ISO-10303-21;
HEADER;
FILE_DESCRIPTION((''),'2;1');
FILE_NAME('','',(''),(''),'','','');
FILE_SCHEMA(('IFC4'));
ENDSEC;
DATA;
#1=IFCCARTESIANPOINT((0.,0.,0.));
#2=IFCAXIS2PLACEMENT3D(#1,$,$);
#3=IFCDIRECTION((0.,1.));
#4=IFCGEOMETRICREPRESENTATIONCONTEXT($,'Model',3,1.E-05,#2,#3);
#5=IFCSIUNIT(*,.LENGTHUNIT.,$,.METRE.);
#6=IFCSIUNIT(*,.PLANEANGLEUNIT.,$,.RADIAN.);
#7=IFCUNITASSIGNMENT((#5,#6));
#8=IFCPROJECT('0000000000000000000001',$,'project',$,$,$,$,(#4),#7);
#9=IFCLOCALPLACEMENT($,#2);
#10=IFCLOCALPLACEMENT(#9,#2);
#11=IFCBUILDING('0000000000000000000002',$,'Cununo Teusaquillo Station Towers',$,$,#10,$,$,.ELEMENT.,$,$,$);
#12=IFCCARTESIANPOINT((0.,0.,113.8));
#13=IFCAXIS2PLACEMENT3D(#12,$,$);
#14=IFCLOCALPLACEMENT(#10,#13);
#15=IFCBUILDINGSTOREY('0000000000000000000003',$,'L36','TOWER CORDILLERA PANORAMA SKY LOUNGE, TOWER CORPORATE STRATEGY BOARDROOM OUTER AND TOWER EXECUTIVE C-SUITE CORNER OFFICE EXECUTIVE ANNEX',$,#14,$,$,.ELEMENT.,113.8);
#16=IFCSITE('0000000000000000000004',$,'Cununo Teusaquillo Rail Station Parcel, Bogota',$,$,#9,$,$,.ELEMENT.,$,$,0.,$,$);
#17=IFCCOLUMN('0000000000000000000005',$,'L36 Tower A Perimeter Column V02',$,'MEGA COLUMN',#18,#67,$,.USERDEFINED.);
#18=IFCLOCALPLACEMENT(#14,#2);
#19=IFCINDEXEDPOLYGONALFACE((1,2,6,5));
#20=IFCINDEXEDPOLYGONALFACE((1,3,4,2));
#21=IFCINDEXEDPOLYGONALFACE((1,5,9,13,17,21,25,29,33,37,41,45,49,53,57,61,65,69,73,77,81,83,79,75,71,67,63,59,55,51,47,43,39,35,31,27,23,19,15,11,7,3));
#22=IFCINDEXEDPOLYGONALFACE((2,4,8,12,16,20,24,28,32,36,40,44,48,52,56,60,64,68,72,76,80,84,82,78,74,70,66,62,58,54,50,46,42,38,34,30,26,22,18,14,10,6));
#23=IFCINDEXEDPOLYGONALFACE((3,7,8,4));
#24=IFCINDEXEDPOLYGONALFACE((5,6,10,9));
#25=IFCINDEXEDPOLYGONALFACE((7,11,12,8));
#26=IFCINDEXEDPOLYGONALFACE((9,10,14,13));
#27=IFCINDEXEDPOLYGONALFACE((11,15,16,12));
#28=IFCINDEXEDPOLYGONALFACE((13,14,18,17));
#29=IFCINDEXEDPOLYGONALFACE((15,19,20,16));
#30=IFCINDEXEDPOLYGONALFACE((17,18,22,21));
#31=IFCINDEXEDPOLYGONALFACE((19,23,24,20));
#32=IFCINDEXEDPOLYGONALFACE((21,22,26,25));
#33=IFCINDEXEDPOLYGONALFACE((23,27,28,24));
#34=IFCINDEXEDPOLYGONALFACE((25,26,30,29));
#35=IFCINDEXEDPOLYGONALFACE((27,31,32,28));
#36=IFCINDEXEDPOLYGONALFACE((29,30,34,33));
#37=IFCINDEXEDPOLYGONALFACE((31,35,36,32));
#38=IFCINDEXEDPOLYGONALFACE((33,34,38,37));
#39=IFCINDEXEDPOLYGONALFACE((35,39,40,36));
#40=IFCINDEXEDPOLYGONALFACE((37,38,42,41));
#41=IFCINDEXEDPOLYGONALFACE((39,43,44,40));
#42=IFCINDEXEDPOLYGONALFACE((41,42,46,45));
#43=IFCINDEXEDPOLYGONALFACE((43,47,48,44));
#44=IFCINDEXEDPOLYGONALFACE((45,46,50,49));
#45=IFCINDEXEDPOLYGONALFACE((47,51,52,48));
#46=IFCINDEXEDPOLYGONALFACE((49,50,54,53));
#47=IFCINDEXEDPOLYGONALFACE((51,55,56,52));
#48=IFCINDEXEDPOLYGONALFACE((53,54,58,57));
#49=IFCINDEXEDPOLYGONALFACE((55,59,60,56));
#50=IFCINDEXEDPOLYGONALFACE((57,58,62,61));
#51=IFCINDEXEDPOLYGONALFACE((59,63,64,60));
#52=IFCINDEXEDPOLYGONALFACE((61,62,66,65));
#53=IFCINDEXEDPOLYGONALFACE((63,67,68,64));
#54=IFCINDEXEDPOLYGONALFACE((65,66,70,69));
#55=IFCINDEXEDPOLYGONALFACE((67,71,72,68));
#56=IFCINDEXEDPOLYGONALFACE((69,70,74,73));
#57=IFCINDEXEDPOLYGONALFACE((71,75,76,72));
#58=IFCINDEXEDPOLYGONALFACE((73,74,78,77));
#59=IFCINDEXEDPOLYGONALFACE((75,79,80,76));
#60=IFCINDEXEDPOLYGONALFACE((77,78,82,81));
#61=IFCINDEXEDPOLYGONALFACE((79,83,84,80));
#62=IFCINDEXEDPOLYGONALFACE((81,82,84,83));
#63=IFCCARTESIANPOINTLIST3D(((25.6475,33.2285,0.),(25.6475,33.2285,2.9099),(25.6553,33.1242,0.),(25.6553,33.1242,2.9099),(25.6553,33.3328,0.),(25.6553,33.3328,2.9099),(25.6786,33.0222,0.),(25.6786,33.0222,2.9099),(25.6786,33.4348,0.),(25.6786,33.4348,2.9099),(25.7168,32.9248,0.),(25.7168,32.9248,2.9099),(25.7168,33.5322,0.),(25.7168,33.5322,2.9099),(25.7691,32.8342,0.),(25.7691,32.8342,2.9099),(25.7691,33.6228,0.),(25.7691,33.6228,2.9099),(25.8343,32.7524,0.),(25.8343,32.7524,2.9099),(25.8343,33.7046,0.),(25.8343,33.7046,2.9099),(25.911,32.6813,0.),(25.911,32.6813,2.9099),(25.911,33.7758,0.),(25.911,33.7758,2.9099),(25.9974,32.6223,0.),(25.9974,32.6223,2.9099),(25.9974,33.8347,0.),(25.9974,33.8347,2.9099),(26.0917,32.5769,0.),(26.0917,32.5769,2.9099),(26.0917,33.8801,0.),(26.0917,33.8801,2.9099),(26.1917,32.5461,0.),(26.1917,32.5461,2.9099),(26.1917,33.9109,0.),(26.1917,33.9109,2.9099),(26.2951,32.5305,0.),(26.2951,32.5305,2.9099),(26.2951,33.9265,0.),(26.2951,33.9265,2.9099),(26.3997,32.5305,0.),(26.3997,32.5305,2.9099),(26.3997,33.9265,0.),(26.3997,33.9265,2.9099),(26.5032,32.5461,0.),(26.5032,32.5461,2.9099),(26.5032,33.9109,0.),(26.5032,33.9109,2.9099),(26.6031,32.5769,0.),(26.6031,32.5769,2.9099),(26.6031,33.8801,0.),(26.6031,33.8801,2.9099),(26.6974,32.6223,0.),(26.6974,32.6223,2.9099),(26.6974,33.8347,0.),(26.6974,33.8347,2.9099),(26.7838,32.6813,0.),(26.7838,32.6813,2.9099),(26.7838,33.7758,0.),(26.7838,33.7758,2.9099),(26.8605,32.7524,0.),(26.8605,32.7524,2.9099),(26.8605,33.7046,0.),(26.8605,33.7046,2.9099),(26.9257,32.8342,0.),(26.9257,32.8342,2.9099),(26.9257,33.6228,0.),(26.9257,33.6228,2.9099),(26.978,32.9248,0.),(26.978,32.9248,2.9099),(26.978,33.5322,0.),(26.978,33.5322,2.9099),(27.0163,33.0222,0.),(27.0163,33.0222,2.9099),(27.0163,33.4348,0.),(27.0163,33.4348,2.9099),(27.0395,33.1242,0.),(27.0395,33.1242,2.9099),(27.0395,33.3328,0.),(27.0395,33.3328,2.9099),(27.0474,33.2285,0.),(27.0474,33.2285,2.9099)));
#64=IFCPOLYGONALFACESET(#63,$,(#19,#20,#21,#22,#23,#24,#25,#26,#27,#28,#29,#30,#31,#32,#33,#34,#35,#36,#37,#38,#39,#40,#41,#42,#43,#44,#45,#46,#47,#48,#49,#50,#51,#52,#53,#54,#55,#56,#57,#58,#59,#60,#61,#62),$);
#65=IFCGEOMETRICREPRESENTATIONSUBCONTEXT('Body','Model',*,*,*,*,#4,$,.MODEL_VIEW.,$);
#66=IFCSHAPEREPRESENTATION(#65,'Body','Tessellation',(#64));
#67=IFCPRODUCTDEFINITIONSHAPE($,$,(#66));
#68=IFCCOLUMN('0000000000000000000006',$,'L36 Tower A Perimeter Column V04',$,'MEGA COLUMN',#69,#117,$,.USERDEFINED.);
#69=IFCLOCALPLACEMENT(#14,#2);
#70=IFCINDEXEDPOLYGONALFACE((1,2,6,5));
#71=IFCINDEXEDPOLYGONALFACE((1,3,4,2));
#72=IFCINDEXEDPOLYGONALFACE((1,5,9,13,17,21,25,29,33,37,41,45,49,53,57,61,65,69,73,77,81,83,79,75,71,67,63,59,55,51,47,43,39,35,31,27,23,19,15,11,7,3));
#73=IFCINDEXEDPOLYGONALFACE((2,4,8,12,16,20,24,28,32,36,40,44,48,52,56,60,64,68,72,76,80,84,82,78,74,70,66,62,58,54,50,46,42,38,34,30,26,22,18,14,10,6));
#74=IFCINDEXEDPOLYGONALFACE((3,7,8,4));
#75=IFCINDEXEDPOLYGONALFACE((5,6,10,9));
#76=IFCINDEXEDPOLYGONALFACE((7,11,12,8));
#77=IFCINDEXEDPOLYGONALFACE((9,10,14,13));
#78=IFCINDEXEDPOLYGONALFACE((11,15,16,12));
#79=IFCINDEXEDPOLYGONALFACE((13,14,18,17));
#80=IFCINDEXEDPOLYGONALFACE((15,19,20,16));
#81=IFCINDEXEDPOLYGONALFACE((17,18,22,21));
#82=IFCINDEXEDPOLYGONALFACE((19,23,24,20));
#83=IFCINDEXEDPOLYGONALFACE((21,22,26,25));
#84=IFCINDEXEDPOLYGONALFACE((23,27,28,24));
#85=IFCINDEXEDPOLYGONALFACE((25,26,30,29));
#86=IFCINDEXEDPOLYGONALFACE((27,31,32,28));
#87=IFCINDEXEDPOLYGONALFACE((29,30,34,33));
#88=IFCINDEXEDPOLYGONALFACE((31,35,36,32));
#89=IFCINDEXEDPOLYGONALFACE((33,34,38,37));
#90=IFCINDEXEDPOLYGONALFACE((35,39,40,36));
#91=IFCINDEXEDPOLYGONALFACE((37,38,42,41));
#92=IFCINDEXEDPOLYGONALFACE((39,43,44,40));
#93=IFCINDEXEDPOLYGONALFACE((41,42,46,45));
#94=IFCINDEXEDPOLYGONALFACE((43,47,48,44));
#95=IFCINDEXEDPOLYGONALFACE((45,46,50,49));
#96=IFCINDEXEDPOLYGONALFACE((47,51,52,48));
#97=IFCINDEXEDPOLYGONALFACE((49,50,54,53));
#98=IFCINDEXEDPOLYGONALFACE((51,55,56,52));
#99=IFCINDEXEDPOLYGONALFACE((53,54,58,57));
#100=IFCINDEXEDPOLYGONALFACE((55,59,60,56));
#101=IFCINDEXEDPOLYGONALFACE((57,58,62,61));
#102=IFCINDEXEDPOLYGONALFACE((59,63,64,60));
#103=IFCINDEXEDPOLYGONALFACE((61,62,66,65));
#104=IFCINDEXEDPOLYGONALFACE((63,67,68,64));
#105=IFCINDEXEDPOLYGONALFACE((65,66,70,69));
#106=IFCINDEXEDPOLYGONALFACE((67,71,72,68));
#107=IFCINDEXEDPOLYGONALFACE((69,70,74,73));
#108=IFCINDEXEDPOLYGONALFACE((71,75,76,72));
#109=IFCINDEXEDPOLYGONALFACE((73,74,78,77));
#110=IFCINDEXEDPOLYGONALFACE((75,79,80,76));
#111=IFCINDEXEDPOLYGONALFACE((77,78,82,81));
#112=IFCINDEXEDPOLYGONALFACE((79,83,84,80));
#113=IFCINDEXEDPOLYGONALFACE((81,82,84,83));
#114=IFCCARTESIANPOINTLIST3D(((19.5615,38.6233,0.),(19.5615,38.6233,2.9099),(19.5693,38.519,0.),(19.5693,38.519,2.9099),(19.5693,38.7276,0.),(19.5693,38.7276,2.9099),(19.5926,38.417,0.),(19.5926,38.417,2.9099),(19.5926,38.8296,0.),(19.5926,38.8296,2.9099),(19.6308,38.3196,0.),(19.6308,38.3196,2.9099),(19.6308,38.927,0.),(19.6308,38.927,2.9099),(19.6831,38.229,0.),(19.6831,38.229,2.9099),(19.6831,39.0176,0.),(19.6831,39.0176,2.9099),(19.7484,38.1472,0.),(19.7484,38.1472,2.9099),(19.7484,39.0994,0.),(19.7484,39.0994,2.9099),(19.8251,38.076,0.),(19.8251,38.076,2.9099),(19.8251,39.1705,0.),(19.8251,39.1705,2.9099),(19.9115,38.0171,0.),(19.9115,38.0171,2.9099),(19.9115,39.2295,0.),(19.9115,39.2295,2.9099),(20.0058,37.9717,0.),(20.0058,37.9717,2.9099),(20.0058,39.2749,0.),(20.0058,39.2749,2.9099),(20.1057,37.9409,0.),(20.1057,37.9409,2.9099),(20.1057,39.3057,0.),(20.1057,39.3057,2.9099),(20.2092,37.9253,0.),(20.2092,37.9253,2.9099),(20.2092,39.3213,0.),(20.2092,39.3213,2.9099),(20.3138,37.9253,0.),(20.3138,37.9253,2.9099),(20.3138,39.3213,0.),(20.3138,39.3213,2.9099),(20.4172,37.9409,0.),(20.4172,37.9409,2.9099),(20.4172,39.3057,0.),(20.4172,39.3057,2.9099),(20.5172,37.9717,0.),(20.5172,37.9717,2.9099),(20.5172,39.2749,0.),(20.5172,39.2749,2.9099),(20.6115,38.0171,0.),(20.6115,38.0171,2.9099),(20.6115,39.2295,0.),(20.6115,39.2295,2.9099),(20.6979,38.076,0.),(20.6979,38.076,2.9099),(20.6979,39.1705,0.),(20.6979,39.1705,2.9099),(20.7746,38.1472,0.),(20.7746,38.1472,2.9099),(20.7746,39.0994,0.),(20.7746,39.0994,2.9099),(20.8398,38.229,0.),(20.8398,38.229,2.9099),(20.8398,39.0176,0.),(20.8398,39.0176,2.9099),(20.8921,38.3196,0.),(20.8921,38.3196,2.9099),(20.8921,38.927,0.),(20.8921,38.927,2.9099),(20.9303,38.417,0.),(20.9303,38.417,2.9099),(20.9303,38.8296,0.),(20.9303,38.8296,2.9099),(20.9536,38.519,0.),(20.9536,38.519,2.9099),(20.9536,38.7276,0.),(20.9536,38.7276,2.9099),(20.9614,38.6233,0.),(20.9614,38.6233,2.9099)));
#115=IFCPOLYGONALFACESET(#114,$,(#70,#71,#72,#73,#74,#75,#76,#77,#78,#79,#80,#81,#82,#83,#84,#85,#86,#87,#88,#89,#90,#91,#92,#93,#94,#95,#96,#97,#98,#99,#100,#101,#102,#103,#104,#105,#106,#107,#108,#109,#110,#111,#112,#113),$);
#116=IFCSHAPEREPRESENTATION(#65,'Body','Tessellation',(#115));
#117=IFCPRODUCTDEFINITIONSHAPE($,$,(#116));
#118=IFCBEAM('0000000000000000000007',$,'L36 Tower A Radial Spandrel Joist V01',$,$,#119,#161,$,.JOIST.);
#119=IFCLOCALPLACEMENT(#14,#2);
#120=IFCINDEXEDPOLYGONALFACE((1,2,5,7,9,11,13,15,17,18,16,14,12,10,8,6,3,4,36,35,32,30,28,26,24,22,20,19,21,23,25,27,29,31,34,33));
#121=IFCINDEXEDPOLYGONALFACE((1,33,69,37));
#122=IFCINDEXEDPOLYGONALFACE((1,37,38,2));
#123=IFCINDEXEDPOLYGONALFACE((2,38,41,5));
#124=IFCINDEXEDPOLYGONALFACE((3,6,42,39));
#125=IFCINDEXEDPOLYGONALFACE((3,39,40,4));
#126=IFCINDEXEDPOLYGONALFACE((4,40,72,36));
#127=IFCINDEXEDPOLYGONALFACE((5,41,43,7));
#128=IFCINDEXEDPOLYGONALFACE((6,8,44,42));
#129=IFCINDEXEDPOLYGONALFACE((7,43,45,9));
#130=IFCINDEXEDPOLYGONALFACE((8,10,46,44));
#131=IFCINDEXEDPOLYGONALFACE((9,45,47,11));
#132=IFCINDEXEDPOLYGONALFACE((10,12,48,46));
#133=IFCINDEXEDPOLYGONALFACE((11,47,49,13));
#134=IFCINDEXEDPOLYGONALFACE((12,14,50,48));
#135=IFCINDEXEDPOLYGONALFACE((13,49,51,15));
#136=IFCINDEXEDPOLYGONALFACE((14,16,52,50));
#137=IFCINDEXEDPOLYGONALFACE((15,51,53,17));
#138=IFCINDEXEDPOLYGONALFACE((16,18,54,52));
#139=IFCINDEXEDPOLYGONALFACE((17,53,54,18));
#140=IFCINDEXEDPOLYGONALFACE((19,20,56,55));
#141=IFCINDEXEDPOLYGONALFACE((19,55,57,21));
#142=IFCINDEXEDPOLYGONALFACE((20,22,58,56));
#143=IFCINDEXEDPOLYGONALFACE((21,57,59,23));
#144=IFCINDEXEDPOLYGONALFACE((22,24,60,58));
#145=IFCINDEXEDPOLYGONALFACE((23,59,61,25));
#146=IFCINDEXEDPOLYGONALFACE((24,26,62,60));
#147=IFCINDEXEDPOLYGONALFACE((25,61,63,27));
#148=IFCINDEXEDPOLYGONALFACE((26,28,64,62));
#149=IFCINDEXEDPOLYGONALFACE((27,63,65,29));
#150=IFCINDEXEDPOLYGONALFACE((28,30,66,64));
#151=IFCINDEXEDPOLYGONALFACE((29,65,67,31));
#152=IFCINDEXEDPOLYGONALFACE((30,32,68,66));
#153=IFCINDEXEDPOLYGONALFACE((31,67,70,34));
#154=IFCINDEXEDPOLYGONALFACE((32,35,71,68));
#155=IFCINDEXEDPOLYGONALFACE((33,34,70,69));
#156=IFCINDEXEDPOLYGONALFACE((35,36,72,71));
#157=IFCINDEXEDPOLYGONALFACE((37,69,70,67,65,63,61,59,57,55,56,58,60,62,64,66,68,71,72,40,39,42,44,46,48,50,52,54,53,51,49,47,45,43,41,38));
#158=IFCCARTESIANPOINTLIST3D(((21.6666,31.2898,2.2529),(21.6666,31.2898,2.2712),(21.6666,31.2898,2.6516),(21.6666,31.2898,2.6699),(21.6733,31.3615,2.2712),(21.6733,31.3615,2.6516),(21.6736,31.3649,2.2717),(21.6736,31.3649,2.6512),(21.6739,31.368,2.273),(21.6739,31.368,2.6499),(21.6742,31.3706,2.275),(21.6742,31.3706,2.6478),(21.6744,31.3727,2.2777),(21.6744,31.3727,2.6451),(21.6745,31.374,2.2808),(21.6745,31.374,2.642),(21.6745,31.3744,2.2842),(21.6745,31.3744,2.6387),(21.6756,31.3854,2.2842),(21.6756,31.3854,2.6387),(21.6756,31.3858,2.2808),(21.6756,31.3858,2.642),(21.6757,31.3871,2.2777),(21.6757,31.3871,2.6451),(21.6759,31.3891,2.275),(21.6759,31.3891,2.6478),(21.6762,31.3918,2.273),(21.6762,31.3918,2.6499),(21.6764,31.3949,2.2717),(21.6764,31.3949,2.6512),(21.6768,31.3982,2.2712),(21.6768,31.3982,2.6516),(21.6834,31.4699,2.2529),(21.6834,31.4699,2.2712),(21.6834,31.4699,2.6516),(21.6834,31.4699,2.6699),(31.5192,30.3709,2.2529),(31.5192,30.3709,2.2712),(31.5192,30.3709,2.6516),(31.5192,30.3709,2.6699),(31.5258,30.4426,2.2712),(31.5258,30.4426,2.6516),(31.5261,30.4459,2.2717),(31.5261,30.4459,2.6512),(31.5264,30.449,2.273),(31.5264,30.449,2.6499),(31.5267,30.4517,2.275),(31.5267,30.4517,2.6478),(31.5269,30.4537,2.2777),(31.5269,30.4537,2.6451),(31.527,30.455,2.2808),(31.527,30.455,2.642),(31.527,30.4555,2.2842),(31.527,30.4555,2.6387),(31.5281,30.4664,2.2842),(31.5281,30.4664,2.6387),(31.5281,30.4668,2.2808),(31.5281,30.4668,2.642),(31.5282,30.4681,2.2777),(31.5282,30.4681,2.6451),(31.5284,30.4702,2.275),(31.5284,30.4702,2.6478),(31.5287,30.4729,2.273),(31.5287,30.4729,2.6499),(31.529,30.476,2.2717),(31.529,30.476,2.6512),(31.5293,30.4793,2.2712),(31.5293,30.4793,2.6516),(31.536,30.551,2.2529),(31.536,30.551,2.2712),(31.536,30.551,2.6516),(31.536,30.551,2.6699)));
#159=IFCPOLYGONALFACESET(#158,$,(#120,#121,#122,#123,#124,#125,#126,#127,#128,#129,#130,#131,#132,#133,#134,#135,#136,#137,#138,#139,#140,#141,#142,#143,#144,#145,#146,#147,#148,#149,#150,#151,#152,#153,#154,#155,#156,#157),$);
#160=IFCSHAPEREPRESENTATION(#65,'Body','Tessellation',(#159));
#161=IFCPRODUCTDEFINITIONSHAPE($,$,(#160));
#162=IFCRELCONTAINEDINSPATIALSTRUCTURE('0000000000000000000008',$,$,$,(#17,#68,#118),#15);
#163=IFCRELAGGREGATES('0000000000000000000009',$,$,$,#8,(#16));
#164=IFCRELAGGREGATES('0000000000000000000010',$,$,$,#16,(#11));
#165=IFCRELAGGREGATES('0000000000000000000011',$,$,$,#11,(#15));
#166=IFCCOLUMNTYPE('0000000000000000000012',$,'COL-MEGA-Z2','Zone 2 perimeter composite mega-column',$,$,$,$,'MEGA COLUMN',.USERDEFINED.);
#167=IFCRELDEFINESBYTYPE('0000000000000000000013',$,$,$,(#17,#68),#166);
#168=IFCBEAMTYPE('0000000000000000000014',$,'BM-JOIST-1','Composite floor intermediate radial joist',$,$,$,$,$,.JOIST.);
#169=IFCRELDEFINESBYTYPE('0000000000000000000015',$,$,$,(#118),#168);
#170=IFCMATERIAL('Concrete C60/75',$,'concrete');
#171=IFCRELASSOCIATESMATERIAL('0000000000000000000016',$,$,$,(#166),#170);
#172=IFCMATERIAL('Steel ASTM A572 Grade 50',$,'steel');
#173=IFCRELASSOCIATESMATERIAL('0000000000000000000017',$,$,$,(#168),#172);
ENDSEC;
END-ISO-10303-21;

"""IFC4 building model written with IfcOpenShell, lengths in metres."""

from ifc_helpers import new_model, si_unit, direction, frame, origin, origin_2d, place, context, subcontext, project, spatial, circle, i_section, extrude, material, material_profile, profile_set, type_object, element, save


model = new_model("IFC4")

# Units and contexts
model_context = context("Model", 3, precision=1e-05, world=origin(), true_north=direction((0.0, 1.0)))
body_context = subcontext(model_context, "Body", "Model", "MODEL_VIEW")
ifc_project = project(units=[si_unit("LENGTHUNIT", "METRE"), si_unit("PLANEANGLEUNIT", "RADIAN")], contexts=[model_context])

# Site, building, storey
site_placement = place(None, origin())
site = spatial("IfcSite", under=ifc_project, at=site_placement, Name="Cununo Teusaquillo Rail Station Parcel, Bogota", CompositionType="ELEMENT", RefElevation=0.0)
building_placement = place(site_placement, origin())
building = spatial("IfcBuilding", under=site, at=building_placement, Name="Cununo Teusaquillo Station Towers", CompositionType="ELEMENT")
storey_placement = place(building_placement, frame((0.0, 0.0, 113.8)))
storey = spatial("IfcBuildingStorey", under=building, at=storey_placement, Name="L36", Description="TOWER CORDILLERA PANORAMA SKY LOUNGE, TOWER CORPORATE STRATEGY BOARDROOM OUTER AND TOWER EXECUTIVE C-SUITE CORNER OFFICE EXECUTIVE ANNEX", CompositionType="ELEMENT", Elevation=113.8)

# Columns
ifc_material_1 = material(Name="Concrete C60/75", Category="concrete")
ifc_material_profile_1 = material_profile(ifc_material_1, circle(Radius=0.7, at=origin_2d()), Name="RC-CIRC-1400")
ifc_profile_set_1 = profile_set([ifc_material_profile_1], Name="Concrete C60/75")
column_type = type_object("IfcColumnType", Name="COL-MEGA-Z2", Description="Zone 2 perimeter composite mega-column", ElementType="MEGA COLUMN", PredefinedType="USERDEFINED", material=ifc_profile_set_1)
for number, where, z_axis, x_axis, name in (
    (1, (26.3474, 33.2285, 0.0), (0.0, 0.0, 1.0), (1.0, 0.0, 0.0), "L36 Tower A Perimeter Column V02"),
    (2, (20.2615, 38.6233, 0.0), (0.0, 0.0, 1.0), (1.0, 0.0, 0.0), "L36 Tower A Perimeter Column V04"),
):
    element("IfcColumn", number, at=place(storey_placement, frame(where, z_axis=z_axis, x_axis=x_axis)), inside=storey, type_object=column_type, Name=name, ObjectType="MEGA COLUMN", PredefinedType="USERDEFINED", context=body_context, shape_type="SweptSolid", body=[
        extrude(circle(Radius=0.7, at=origin_2d()), origin(), (0.0, 0.0, 1.0), 2.9099),
    ])

# Beam
ifc_material_2 = material(Name="Steel ASTM A572 Grade 50", Category="steel")
ifc_material_profile_2 = material_profile(ifc_material_2, i_section(OverallWidth=0.1809, OverallDepth=0.417, WebThickness=0.011, FlangeThickness=0.0183, FilletRadius=0.0129, at=origin_2d()), Name="W16X57")
ifc_profile_set_2 = profile_set([ifc_material_profile_2], Name="Steel ASTM A572 Grade 50")
beam_type_1 = type_object("IfcBeamType", Name="BM-JOIST-1", Description="Composite floor intermediate radial joist", PredefinedType="JOIST", material=ifc_profile_set_2)
beam_1_placement = place(storey_placement, frame((21.675, 31.3799, 2.4614), z_axis=(0.995679, -0.092867, 0.0), x_axis=(0.092867, 0.995679, 0.0)))
element("IfcBeam", 3, at=beam_1_placement, inside=storey, type_object=beam_type_1, Name="L36 Tower A Radial Spandrel Joist V01", PredefinedType="JOIST", context=body_context, shape_type="SweptSolid", body=[
    extrude(i_section(OverallWidth=0.1809, OverallDepth=0.417, WebThickness=0.011, FlangeThickness=0.0183, FilletRadius=0.0129, at=origin_2d()), origin(), (0.0, 0.0, 1.0), 9.8953),
])

save(model, "model.ifc")
